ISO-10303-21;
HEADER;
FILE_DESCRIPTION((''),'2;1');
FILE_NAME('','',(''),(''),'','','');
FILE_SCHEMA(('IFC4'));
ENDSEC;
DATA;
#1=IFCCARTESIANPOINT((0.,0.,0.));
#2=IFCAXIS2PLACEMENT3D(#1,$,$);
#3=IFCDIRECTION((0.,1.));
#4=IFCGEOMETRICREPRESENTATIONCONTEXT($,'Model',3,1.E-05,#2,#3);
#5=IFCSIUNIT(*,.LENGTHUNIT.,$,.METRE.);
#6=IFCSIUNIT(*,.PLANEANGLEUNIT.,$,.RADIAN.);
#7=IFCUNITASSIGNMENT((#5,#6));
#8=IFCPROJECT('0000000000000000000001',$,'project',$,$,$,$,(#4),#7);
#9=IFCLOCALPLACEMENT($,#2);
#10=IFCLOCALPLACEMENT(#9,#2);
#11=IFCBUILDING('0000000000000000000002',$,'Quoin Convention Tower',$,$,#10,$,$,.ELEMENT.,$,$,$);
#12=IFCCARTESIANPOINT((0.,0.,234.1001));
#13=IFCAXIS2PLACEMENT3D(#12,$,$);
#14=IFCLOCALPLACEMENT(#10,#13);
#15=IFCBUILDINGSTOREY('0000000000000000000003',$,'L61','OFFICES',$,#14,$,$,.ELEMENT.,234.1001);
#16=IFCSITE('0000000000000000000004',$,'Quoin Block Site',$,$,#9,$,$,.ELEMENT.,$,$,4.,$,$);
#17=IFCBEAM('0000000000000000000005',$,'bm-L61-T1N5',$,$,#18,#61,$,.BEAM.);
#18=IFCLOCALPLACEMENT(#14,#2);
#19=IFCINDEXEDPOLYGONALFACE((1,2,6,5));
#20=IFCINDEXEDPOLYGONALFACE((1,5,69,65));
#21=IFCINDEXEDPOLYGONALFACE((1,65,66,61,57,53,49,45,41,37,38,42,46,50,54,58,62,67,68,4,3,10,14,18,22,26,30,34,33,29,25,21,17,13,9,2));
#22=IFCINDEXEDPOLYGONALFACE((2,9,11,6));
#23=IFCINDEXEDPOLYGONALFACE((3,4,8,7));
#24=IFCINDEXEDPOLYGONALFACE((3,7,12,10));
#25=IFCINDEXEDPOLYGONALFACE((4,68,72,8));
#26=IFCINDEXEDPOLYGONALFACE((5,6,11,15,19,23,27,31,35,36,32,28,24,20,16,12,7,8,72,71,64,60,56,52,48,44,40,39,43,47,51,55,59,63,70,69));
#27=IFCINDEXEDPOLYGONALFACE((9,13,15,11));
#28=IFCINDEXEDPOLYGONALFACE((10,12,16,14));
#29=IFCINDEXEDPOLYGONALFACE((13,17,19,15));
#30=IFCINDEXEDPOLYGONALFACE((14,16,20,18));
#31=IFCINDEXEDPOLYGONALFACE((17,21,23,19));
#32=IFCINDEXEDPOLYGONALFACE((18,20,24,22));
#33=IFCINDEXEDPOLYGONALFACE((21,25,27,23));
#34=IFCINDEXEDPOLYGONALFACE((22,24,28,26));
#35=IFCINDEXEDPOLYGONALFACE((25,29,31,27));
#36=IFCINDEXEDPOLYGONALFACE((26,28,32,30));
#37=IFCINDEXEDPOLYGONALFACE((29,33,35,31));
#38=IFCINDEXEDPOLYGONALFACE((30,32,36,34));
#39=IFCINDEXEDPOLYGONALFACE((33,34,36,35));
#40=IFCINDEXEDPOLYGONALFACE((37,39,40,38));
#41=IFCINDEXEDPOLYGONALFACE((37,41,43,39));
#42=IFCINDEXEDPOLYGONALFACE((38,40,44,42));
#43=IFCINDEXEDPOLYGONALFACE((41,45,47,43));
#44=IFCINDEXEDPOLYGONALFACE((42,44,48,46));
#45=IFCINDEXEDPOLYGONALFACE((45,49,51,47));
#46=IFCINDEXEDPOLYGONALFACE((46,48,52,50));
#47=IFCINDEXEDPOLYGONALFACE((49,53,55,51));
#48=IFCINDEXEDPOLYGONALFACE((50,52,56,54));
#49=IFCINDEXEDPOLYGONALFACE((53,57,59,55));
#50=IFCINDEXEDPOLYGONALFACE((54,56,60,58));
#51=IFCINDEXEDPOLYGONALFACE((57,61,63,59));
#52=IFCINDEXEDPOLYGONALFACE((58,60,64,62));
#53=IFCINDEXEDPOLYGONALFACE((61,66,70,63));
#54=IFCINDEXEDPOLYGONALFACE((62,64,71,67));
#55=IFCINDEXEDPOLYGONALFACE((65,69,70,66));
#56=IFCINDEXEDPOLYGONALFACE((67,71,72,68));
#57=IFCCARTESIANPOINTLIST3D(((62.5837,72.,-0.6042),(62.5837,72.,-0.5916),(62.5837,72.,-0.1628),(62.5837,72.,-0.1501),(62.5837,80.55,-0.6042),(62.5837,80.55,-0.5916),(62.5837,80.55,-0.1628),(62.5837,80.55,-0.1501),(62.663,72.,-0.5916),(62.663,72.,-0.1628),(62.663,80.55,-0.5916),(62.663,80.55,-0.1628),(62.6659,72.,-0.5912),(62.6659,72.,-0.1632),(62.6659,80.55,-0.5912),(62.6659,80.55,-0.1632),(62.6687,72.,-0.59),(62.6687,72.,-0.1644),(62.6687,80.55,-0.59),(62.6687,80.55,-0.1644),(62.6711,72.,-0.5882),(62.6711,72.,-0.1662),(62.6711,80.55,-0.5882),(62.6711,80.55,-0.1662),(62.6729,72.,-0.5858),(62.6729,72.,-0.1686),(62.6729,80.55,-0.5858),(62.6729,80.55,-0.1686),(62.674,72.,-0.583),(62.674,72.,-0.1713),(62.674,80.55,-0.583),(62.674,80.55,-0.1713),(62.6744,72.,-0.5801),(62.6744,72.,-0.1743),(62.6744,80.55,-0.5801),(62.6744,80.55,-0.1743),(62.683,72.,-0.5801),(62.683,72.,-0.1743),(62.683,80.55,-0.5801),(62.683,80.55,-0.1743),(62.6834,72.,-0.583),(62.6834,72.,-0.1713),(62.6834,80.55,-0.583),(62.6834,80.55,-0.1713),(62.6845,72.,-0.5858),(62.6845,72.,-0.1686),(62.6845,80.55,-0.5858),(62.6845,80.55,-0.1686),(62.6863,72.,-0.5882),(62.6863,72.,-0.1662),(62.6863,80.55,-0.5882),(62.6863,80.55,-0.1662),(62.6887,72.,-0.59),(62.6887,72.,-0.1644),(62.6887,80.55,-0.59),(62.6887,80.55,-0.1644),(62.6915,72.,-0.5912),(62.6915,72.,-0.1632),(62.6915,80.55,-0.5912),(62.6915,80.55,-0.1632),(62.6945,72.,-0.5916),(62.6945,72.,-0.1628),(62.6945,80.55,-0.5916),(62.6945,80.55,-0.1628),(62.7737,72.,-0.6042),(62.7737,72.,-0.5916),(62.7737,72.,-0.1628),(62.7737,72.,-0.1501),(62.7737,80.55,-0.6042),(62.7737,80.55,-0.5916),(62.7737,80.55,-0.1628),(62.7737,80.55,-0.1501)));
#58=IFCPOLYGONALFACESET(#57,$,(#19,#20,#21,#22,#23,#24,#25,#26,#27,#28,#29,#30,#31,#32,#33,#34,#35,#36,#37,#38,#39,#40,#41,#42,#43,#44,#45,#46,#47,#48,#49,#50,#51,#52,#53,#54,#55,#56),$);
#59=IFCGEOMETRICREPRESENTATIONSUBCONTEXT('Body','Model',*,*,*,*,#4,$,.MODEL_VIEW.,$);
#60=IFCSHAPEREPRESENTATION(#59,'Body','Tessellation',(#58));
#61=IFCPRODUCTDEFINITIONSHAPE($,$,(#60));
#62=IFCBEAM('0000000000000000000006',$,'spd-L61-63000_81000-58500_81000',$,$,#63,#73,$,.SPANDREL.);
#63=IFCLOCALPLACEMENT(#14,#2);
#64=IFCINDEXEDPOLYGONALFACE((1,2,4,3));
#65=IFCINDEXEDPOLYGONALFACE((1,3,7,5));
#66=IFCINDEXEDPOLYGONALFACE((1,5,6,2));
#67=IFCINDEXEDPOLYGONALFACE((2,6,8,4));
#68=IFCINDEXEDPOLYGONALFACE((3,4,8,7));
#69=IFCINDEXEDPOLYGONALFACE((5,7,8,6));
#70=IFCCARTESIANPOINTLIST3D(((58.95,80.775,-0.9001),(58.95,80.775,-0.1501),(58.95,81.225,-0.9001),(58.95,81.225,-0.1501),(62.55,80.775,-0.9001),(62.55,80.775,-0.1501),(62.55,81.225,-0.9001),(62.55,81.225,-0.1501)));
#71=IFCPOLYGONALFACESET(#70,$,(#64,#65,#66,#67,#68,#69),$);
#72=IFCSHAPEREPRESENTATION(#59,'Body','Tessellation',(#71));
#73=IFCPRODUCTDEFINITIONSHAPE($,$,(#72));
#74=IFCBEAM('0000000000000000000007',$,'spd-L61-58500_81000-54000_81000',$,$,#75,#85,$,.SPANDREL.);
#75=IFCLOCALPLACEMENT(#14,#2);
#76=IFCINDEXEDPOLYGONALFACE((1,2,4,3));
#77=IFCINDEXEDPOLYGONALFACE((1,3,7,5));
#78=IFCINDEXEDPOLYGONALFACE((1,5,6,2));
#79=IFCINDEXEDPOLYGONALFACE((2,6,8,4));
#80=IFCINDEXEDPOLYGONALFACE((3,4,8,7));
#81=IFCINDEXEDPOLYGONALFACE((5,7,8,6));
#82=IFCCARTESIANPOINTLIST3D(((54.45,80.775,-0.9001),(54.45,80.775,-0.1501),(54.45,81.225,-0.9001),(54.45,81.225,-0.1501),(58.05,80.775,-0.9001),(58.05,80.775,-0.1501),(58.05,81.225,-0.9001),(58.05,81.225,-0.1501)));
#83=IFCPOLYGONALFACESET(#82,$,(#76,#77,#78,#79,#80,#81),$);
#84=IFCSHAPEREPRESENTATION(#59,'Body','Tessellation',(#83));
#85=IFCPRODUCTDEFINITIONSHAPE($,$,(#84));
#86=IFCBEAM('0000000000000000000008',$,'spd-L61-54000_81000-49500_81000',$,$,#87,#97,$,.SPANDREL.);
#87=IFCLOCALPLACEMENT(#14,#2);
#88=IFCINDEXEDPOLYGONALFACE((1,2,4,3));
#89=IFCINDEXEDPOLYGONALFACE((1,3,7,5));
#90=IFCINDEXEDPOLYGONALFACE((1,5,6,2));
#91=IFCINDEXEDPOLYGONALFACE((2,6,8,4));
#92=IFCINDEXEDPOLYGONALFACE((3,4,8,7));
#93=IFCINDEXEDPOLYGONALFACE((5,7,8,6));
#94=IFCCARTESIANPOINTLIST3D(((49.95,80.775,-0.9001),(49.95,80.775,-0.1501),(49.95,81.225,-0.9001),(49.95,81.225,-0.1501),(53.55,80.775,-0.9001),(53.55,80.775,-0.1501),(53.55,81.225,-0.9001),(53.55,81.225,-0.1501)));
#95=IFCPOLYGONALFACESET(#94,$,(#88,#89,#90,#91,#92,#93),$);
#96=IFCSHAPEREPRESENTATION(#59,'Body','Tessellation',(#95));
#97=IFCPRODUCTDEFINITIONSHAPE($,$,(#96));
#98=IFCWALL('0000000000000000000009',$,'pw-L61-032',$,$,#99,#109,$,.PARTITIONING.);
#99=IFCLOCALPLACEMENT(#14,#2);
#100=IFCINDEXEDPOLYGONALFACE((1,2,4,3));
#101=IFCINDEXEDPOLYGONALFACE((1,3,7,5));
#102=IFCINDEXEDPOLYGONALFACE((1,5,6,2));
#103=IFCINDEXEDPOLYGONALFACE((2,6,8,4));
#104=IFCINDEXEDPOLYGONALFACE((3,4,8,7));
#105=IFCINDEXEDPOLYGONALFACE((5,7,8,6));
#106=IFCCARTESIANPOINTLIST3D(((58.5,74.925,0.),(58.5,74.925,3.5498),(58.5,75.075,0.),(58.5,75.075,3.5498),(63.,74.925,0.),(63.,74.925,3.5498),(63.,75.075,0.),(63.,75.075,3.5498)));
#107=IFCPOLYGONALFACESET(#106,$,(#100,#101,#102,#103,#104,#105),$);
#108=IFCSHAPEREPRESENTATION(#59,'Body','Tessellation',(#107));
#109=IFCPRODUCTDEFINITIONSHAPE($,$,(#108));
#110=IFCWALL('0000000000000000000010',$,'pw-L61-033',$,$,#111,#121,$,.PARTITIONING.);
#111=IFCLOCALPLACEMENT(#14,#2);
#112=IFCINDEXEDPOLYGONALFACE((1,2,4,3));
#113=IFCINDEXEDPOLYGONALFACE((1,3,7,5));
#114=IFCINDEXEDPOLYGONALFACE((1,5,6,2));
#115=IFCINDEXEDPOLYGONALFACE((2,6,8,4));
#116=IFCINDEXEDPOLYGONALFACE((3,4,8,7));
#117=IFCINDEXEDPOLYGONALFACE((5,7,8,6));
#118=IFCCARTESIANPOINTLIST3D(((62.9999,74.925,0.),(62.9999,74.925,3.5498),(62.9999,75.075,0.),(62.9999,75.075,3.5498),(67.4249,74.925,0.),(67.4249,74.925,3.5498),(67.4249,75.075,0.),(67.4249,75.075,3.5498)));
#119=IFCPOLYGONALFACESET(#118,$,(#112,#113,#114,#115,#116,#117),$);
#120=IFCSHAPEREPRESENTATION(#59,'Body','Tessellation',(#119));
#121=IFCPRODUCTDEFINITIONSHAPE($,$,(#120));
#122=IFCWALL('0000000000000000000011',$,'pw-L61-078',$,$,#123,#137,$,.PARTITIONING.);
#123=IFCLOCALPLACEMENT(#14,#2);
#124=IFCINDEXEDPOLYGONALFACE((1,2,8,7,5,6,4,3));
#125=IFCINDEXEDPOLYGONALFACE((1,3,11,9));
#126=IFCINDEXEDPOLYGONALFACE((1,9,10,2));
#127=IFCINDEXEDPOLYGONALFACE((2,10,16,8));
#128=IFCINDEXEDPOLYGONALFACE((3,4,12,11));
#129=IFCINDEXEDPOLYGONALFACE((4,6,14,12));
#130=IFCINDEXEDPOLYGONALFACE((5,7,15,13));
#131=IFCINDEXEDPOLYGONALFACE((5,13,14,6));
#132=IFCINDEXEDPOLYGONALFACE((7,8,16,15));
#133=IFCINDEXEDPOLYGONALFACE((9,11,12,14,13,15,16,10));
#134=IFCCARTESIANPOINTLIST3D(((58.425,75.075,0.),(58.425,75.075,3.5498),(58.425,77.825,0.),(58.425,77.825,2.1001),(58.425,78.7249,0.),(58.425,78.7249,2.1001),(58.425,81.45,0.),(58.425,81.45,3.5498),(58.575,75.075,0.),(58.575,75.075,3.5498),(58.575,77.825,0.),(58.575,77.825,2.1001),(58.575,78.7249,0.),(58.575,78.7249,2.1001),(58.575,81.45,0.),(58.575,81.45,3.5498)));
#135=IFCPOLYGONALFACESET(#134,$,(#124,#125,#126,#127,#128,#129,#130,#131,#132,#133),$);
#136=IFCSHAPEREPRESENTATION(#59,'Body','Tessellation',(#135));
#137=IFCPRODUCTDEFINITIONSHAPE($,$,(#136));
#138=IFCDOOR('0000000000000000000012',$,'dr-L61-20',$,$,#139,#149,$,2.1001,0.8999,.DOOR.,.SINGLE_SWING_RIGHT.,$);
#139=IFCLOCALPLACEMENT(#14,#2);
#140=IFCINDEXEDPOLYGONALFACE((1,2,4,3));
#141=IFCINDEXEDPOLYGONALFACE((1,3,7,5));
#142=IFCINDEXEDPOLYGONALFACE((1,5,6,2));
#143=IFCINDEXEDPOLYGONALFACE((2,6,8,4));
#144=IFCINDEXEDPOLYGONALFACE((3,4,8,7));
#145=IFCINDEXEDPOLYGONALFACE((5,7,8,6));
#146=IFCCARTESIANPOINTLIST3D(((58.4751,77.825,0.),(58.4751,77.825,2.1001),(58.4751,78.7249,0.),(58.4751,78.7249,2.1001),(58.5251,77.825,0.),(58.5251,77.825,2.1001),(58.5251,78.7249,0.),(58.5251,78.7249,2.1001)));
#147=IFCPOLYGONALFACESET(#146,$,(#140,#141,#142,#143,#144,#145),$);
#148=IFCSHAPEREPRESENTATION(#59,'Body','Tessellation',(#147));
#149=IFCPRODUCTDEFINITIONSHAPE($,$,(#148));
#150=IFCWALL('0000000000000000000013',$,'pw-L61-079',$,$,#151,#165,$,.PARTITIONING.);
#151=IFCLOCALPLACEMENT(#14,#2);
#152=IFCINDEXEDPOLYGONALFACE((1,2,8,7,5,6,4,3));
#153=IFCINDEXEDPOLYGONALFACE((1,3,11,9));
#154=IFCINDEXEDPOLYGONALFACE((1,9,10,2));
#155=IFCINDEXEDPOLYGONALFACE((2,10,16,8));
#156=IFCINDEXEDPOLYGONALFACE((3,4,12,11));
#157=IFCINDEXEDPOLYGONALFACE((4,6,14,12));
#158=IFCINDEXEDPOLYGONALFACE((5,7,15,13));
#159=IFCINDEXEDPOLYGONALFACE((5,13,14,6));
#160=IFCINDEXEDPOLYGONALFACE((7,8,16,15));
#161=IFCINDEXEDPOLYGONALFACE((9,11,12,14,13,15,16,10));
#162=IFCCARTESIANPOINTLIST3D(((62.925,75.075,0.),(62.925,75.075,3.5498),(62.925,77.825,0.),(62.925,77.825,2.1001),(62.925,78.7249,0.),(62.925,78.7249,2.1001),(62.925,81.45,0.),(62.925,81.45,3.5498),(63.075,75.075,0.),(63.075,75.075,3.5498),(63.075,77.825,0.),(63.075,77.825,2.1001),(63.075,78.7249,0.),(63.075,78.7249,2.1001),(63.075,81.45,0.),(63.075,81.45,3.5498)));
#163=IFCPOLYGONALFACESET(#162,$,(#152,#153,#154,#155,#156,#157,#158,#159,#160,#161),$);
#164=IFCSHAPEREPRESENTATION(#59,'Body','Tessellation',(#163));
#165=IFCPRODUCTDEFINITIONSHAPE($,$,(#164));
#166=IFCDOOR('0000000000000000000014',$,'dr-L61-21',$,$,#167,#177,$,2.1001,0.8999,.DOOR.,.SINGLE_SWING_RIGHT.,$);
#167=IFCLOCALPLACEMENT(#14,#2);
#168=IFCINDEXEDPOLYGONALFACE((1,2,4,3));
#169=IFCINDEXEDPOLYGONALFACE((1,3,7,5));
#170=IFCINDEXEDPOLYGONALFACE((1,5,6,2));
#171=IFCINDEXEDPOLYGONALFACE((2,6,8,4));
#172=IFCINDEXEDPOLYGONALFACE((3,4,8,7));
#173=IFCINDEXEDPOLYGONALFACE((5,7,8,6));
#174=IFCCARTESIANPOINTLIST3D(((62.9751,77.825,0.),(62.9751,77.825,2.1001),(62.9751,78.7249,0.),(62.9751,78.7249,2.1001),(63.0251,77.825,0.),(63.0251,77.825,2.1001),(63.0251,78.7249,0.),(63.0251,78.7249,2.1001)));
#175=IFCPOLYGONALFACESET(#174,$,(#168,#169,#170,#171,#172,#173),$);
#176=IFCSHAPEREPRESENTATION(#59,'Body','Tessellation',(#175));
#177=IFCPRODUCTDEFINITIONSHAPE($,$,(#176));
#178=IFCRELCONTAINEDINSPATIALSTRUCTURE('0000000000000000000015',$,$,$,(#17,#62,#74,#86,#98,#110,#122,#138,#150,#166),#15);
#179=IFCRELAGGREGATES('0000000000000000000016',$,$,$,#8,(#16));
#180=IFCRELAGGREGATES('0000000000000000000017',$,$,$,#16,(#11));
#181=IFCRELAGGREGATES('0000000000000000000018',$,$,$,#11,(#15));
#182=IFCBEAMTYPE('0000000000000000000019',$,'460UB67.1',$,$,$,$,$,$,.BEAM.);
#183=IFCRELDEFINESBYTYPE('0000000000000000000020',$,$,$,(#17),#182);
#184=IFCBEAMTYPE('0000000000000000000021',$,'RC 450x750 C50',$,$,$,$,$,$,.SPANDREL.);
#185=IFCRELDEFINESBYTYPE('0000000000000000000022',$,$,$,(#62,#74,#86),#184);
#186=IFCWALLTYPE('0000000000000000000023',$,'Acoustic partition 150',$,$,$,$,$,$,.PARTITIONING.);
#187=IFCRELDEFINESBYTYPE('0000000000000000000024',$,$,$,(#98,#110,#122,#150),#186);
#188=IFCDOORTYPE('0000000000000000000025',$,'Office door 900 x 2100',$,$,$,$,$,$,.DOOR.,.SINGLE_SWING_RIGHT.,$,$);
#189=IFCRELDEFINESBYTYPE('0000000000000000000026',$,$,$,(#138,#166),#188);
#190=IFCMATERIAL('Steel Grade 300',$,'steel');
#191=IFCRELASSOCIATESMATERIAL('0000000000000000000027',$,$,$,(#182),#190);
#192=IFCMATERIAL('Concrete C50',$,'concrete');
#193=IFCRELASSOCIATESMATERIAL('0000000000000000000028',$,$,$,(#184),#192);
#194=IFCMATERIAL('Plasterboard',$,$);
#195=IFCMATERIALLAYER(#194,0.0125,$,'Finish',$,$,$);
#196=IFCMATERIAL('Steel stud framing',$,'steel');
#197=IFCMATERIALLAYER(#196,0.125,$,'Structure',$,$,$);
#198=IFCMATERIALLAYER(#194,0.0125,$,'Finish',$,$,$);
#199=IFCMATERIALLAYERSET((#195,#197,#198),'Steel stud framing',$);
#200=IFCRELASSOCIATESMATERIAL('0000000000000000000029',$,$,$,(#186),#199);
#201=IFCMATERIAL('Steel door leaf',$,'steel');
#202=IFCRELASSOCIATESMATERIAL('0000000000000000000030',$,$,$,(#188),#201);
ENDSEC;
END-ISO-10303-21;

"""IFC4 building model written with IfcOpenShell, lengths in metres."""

from ifc_helpers import new_model, si_unit, direction, frame, frame_2d, origin, origin_2d, place, context, subcontext, project, spatial, rectangle, i_section, extrude, material, layer, layer_set, material_profile, profile_set, type_object, element, fill, save


model = new_model("IFC4")

# Units and contexts
model_context = context("Model", 3, precision=1e-05, world=origin(), true_north=direction((0.0, 1.0)))
body_context = subcontext(model_context, "Body", "Model", "MODEL_VIEW")
ifc_project = project(units=[si_unit("LENGTHUNIT", "METRE"), si_unit("PLANEANGLEUNIT", "RADIAN")], contexts=[model_context])

# Site, building, storey
site_placement = place(None, origin())
site = spatial("IfcSite", under=ifc_project, at=site_placement, Name="Quoin Block Site", CompositionType="ELEMENT", RefElevation=4.0)
building_placement = place(site_placement, origin())
building = spatial("IfcBuilding", under=site, at=building_placement, Name="Quoin Convention Tower", CompositionType="ELEMENT")
storey_placement = place(building_placement, frame((0.0, 0.0, 234.1001)))
storey = spatial("IfcBuildingStorey", under=building, at=storey_placement, Name="L61", Description="OFFICES", CompositionType="ELEMENT", Elevation=234.1001)

# Shared definitions
ifc_material_1 = material(Name="Concrete C50", Category="concrete")

# Beams
ifc_material_2 = material(Name="Steel Grade 300", Category="steel")
ifc_material_profile_1 = material_profile(ifc_material_2, i_section(OverallWidth=0.1899, OverallDepth=0.4541, WebThickness=0.0085, FlangeThickness=0.0127, FilletRadius=0.0115, at=origin_2d()), Name="460UB67.1")
ifc_profile_set_1 = profile_set([ifc_material_profile_1], Name="Steel Grade 300")
beam_type_1 = type_object("IfcBeamType", Name="460UB67.1", PredefinedType="BEAM", material=ifc_profile_set_1)
beam_placement = place(storey_placement, frame((62.6787, 72.0, -0.3772), z_axis=(0.0, 1.0, 0.0), x_axis=(-1.0, 0.0, 0.0)))
element("IfcBeam", 1, at=beam_placement, inside=storey, type_object=beam_type_1, Name="bm-L61-T1N5", PredefinedType="BEAM", context=body_context, shape_type="SweptSolid", body=[
    extrude(i_section(OverallWidth=0.1899, OverallDepth=0.4541, WebThickness=0.0085, FlangeThickness=0.0127, FilletRadius=0.0115, at=origin_2d()), origin(), (0.0, 0.0, 1.0), 8.55),
])
ifc_material_profile_2 = material_profile(ifc_material_1, rectangle(XDim=0.45, YDim=0.75, at=origin_2d()), Name="RC 450x750")
ifc_profile_set_2 = profile_set([ifc_material_profile_2], Name="Concrete C50")
beam_type_2 = type_object("IfcBeamType", Name="RC 450x750 C50", PredefinedType="SPANDREL", material=ifc_profile_set_2)
for number, where, z_axis, x_axis, name in (
    (2, (62.55, 81.0, -0.5251), (-1.0, 0.0, 0.0), (0.0, -1.0, 0.0), "spd-L61-63000_81000-58500_81000"),
    (3, (58.05, 81.0, -0.5251), (-1.0, 0.0, 0.0), (0.0, -1.0, 0.0), "spd-L61-58500_81000-54000_81000"),
    (4, (53.55, 81.0, -0.5251), (-1.0, 0.0, 0.0), (0.0, -1.0, 0.0), "spd-L61-54000_81000-49500_81000"),
):
    element("IfcBeam", number, at=place(storey_placement, frame(where, z_axis=z_axis, x_axis=x_axis)), inside=storey, type_object=beam_type_2, Name=name, PredefinedType="SPANDREL", context=body_context, shape_type="SweptSolid", body=[
        extrude(rectangle(XDim=0.45, YDim=0.75, at=origin_2d()), origin(), (0.0, 0.0, 1.0), 3.6001),
    ])

# Walls
ifc_material_3 = material(Name="Plasterboard")
ifc_layer_1 = layer(ifc_material_3, 0.0125, Name="Finish")
ifc_material_4 = material(Name="Steel stud framing", Category="steel")
ifc_layer_2 = layer(ifc_material_4, 0.125, Name="Structure")
ifc_layer_3 = layer(ifc_material_3, 0.0125, Name="Finish")
ifc_layer_set_1 = layer_set([ifc_layer_1, ifc_layer_2, ifc_layer_3], Name="Steel stud framing")
wall_type_1 = type_object("IfcWallType", Name="Acoustic partition 150", PredefinedType="PARTITIONING", material=ifc_layer_set_1)
wall_1_placement = place(storey_placement, frame((58.5, 75.0, 0.0), z_axis=(0.0, 0.0, 1.0), x_axis=(1.0, 0.0, 0.0)))
element("IfcWall", 5, at=wall_1_placement, inside=storey, type_object=wall_type_1, Name="pw-L61-032", PredefinedType="PARTITIONING", context=body_context, shape_type="SweptSolid", body=[
    extrude(rectangle(XDim=4.5, YDim=0.1499, at=frame_2d((2.25, 0.0))), origin(), (0.0, 0.0, 1.0), 3.5498),
])
wall_2_placement = place(storey_placement, frame((63.0, 75.0, 0.0), z_axis=(0.0, 0.0, 1.0), x_axis=(1.0, 0.0, 0.0)))
element("IfcWall", 6, at=wall_2_placement, inside=storey, type_object=wall_type_1, Name="pw-L61-033", PredefinedType="PARTITIONING", context=body_context, shape_type="SweptSolid", body=[
    extrude(rectangle(XDim=4.425, YDim=0.1499, at=frame_2d((2.2124, 0.0))), origin(), (0.0, 0.0, 1.0), 3.5498),
])

# Walls, openings, doors
wall_3_placement = place(storey_placement, frame((58.5, 75.075, 0.0), z_axis=(0.0, 0.0, 1.0), x_axis=(0.0, 1.0, 0.0)))
wall_3 = element("IfcWall", 7, at=wall_3_placement, inside=storey, type_object=wall_type_1, Name="pw-L61-078", PredefinedType="PARTITIONING", context=body_context, shape_type="SweptSolid", body=[
    extrude(rectangle(XDim=6.375, YDim=0.1499, at=frame_2d((3.1875, 0.0))), origin(), (0.0, 0.0, 1.0), 3.5498),
])
opening_1_placement = place(wall_3_placement, frame((2.75, 0.0, 0.0)))
opening_1 = element("IfcOpeningElement", 8, at=opening_1_placement, cuts=wall_3, PredefinedType="OPENING", context=body_context, shape_type="SweptSolid", body=[
    extrude(rectangle(XDim=0.8999, YDim=2.1001, at=frame_2d((0.45, 1.05))), frame((0.0, 0.085, 0.0), z_axis=(0.0, -1.0, 0.0), x_axis=(1.0, 0.0, 0.0)), (0.0, 0.0, 1.0), 0.1699),
])
ifc_material_5 = material(Name="Steel door leaf", Category="steel")
door_type = type_object("IfcDoorType", Name="Office door 900 x 2100", OperationType="SINGLE_SWING_RIGHT", PredefinedType="DOOR", material=ifc_material_5)
door_1_placement = place(opening_1_placement, origin())
door_1 = element("IfcDoor", 9, at=door_1_placement, inside=storey, type_object=door_type, Name="dr-L61-20", OperationType="SINGLE_SWING_RIGHT", OverallHeight=2.1001, OverallWidth=0.8999, PredefinedType="DOOR", context=body_context, shape_type="SweptSolid", body=[
    extrude(rectangle(XDim=0.8999, YDim=2.1001, at=frame_2d((0.45, 1.05))), frame((0.0, 0.0249, 0.0), z_axis=(0.0, -1.0, 0.0), x_axis=(1.0, 0.0, 0.0)), (0.0, 0.0, 1.0), 0.05),
])
fill(opening_1, door_1)
wall_4_placement = place(storey_placement, frame((63.0, 75.075, 0.0), z_axis=(0.0, 0.0, 1.0), x_axis=(0.0, 1.0, 0.0)))
wall_4 = element("IfcWall", 10, at=wall_4_placement, inside=storey, type_object=wall_type_1, Name="pw-L61-079", PredefinedType="PARTITIONING", context=body_context, shape_type="SweptSolid", body=[
    extrude(rectangle(XDim=6.375, YDim=0.1499, at=frame_2d((3.1875, 0.0))), origin(), (0.0, 0.0, 1.0), 3.5498),
])
opening_2_placement = place(wall_4_placement, frame((2.75, 0.0, 0.0)))
opening_2 = element("IfcOpeningElement", 11, at=opening_2_placement, cuts=wall_4, PredefinedType="OPENING", context=body_context, shape_type="SweptSolid", body=[
    extrude(rectangle(XDim=0.8999, YDim=2.1001, at=frame_2d((0.45, 1.05))), frame((0.0, 0.085, 0.0), z_axis=(0.0, -1.0, 0.0), x_axis=(1.0, 0.0, 0.0)), (0.0, 0.0, 1.0), 0.1699),
])
door_2_placement = place(opening_2_placement, origin())
door_2 = element("IfcDoor", 12, at=door_2_placement, inside=storey, type_object=door_type, Name="dr-L61-21", OperationType="SINGLE_SWING_RIGHT", OverallHeight=2.1001, OverallWidth=0.8999, PredefinedType="DOOR", context=body_context, shape_type="SweptSolid", body=[
    extrude(rectangle(XDim=0.8999, YDim=2.1001, at=frame_2d((0.45, 1.05))), frame((0.0, 0.0249, 0.0), z_axis=(0.0, -1.0, 0.0), x_axis=(1.0, 0.0, 0.0)), (0.0, 0.0, 1.0), 0.05),
])
fill(opening_2, door_2)

save(model, "model.ifc")
